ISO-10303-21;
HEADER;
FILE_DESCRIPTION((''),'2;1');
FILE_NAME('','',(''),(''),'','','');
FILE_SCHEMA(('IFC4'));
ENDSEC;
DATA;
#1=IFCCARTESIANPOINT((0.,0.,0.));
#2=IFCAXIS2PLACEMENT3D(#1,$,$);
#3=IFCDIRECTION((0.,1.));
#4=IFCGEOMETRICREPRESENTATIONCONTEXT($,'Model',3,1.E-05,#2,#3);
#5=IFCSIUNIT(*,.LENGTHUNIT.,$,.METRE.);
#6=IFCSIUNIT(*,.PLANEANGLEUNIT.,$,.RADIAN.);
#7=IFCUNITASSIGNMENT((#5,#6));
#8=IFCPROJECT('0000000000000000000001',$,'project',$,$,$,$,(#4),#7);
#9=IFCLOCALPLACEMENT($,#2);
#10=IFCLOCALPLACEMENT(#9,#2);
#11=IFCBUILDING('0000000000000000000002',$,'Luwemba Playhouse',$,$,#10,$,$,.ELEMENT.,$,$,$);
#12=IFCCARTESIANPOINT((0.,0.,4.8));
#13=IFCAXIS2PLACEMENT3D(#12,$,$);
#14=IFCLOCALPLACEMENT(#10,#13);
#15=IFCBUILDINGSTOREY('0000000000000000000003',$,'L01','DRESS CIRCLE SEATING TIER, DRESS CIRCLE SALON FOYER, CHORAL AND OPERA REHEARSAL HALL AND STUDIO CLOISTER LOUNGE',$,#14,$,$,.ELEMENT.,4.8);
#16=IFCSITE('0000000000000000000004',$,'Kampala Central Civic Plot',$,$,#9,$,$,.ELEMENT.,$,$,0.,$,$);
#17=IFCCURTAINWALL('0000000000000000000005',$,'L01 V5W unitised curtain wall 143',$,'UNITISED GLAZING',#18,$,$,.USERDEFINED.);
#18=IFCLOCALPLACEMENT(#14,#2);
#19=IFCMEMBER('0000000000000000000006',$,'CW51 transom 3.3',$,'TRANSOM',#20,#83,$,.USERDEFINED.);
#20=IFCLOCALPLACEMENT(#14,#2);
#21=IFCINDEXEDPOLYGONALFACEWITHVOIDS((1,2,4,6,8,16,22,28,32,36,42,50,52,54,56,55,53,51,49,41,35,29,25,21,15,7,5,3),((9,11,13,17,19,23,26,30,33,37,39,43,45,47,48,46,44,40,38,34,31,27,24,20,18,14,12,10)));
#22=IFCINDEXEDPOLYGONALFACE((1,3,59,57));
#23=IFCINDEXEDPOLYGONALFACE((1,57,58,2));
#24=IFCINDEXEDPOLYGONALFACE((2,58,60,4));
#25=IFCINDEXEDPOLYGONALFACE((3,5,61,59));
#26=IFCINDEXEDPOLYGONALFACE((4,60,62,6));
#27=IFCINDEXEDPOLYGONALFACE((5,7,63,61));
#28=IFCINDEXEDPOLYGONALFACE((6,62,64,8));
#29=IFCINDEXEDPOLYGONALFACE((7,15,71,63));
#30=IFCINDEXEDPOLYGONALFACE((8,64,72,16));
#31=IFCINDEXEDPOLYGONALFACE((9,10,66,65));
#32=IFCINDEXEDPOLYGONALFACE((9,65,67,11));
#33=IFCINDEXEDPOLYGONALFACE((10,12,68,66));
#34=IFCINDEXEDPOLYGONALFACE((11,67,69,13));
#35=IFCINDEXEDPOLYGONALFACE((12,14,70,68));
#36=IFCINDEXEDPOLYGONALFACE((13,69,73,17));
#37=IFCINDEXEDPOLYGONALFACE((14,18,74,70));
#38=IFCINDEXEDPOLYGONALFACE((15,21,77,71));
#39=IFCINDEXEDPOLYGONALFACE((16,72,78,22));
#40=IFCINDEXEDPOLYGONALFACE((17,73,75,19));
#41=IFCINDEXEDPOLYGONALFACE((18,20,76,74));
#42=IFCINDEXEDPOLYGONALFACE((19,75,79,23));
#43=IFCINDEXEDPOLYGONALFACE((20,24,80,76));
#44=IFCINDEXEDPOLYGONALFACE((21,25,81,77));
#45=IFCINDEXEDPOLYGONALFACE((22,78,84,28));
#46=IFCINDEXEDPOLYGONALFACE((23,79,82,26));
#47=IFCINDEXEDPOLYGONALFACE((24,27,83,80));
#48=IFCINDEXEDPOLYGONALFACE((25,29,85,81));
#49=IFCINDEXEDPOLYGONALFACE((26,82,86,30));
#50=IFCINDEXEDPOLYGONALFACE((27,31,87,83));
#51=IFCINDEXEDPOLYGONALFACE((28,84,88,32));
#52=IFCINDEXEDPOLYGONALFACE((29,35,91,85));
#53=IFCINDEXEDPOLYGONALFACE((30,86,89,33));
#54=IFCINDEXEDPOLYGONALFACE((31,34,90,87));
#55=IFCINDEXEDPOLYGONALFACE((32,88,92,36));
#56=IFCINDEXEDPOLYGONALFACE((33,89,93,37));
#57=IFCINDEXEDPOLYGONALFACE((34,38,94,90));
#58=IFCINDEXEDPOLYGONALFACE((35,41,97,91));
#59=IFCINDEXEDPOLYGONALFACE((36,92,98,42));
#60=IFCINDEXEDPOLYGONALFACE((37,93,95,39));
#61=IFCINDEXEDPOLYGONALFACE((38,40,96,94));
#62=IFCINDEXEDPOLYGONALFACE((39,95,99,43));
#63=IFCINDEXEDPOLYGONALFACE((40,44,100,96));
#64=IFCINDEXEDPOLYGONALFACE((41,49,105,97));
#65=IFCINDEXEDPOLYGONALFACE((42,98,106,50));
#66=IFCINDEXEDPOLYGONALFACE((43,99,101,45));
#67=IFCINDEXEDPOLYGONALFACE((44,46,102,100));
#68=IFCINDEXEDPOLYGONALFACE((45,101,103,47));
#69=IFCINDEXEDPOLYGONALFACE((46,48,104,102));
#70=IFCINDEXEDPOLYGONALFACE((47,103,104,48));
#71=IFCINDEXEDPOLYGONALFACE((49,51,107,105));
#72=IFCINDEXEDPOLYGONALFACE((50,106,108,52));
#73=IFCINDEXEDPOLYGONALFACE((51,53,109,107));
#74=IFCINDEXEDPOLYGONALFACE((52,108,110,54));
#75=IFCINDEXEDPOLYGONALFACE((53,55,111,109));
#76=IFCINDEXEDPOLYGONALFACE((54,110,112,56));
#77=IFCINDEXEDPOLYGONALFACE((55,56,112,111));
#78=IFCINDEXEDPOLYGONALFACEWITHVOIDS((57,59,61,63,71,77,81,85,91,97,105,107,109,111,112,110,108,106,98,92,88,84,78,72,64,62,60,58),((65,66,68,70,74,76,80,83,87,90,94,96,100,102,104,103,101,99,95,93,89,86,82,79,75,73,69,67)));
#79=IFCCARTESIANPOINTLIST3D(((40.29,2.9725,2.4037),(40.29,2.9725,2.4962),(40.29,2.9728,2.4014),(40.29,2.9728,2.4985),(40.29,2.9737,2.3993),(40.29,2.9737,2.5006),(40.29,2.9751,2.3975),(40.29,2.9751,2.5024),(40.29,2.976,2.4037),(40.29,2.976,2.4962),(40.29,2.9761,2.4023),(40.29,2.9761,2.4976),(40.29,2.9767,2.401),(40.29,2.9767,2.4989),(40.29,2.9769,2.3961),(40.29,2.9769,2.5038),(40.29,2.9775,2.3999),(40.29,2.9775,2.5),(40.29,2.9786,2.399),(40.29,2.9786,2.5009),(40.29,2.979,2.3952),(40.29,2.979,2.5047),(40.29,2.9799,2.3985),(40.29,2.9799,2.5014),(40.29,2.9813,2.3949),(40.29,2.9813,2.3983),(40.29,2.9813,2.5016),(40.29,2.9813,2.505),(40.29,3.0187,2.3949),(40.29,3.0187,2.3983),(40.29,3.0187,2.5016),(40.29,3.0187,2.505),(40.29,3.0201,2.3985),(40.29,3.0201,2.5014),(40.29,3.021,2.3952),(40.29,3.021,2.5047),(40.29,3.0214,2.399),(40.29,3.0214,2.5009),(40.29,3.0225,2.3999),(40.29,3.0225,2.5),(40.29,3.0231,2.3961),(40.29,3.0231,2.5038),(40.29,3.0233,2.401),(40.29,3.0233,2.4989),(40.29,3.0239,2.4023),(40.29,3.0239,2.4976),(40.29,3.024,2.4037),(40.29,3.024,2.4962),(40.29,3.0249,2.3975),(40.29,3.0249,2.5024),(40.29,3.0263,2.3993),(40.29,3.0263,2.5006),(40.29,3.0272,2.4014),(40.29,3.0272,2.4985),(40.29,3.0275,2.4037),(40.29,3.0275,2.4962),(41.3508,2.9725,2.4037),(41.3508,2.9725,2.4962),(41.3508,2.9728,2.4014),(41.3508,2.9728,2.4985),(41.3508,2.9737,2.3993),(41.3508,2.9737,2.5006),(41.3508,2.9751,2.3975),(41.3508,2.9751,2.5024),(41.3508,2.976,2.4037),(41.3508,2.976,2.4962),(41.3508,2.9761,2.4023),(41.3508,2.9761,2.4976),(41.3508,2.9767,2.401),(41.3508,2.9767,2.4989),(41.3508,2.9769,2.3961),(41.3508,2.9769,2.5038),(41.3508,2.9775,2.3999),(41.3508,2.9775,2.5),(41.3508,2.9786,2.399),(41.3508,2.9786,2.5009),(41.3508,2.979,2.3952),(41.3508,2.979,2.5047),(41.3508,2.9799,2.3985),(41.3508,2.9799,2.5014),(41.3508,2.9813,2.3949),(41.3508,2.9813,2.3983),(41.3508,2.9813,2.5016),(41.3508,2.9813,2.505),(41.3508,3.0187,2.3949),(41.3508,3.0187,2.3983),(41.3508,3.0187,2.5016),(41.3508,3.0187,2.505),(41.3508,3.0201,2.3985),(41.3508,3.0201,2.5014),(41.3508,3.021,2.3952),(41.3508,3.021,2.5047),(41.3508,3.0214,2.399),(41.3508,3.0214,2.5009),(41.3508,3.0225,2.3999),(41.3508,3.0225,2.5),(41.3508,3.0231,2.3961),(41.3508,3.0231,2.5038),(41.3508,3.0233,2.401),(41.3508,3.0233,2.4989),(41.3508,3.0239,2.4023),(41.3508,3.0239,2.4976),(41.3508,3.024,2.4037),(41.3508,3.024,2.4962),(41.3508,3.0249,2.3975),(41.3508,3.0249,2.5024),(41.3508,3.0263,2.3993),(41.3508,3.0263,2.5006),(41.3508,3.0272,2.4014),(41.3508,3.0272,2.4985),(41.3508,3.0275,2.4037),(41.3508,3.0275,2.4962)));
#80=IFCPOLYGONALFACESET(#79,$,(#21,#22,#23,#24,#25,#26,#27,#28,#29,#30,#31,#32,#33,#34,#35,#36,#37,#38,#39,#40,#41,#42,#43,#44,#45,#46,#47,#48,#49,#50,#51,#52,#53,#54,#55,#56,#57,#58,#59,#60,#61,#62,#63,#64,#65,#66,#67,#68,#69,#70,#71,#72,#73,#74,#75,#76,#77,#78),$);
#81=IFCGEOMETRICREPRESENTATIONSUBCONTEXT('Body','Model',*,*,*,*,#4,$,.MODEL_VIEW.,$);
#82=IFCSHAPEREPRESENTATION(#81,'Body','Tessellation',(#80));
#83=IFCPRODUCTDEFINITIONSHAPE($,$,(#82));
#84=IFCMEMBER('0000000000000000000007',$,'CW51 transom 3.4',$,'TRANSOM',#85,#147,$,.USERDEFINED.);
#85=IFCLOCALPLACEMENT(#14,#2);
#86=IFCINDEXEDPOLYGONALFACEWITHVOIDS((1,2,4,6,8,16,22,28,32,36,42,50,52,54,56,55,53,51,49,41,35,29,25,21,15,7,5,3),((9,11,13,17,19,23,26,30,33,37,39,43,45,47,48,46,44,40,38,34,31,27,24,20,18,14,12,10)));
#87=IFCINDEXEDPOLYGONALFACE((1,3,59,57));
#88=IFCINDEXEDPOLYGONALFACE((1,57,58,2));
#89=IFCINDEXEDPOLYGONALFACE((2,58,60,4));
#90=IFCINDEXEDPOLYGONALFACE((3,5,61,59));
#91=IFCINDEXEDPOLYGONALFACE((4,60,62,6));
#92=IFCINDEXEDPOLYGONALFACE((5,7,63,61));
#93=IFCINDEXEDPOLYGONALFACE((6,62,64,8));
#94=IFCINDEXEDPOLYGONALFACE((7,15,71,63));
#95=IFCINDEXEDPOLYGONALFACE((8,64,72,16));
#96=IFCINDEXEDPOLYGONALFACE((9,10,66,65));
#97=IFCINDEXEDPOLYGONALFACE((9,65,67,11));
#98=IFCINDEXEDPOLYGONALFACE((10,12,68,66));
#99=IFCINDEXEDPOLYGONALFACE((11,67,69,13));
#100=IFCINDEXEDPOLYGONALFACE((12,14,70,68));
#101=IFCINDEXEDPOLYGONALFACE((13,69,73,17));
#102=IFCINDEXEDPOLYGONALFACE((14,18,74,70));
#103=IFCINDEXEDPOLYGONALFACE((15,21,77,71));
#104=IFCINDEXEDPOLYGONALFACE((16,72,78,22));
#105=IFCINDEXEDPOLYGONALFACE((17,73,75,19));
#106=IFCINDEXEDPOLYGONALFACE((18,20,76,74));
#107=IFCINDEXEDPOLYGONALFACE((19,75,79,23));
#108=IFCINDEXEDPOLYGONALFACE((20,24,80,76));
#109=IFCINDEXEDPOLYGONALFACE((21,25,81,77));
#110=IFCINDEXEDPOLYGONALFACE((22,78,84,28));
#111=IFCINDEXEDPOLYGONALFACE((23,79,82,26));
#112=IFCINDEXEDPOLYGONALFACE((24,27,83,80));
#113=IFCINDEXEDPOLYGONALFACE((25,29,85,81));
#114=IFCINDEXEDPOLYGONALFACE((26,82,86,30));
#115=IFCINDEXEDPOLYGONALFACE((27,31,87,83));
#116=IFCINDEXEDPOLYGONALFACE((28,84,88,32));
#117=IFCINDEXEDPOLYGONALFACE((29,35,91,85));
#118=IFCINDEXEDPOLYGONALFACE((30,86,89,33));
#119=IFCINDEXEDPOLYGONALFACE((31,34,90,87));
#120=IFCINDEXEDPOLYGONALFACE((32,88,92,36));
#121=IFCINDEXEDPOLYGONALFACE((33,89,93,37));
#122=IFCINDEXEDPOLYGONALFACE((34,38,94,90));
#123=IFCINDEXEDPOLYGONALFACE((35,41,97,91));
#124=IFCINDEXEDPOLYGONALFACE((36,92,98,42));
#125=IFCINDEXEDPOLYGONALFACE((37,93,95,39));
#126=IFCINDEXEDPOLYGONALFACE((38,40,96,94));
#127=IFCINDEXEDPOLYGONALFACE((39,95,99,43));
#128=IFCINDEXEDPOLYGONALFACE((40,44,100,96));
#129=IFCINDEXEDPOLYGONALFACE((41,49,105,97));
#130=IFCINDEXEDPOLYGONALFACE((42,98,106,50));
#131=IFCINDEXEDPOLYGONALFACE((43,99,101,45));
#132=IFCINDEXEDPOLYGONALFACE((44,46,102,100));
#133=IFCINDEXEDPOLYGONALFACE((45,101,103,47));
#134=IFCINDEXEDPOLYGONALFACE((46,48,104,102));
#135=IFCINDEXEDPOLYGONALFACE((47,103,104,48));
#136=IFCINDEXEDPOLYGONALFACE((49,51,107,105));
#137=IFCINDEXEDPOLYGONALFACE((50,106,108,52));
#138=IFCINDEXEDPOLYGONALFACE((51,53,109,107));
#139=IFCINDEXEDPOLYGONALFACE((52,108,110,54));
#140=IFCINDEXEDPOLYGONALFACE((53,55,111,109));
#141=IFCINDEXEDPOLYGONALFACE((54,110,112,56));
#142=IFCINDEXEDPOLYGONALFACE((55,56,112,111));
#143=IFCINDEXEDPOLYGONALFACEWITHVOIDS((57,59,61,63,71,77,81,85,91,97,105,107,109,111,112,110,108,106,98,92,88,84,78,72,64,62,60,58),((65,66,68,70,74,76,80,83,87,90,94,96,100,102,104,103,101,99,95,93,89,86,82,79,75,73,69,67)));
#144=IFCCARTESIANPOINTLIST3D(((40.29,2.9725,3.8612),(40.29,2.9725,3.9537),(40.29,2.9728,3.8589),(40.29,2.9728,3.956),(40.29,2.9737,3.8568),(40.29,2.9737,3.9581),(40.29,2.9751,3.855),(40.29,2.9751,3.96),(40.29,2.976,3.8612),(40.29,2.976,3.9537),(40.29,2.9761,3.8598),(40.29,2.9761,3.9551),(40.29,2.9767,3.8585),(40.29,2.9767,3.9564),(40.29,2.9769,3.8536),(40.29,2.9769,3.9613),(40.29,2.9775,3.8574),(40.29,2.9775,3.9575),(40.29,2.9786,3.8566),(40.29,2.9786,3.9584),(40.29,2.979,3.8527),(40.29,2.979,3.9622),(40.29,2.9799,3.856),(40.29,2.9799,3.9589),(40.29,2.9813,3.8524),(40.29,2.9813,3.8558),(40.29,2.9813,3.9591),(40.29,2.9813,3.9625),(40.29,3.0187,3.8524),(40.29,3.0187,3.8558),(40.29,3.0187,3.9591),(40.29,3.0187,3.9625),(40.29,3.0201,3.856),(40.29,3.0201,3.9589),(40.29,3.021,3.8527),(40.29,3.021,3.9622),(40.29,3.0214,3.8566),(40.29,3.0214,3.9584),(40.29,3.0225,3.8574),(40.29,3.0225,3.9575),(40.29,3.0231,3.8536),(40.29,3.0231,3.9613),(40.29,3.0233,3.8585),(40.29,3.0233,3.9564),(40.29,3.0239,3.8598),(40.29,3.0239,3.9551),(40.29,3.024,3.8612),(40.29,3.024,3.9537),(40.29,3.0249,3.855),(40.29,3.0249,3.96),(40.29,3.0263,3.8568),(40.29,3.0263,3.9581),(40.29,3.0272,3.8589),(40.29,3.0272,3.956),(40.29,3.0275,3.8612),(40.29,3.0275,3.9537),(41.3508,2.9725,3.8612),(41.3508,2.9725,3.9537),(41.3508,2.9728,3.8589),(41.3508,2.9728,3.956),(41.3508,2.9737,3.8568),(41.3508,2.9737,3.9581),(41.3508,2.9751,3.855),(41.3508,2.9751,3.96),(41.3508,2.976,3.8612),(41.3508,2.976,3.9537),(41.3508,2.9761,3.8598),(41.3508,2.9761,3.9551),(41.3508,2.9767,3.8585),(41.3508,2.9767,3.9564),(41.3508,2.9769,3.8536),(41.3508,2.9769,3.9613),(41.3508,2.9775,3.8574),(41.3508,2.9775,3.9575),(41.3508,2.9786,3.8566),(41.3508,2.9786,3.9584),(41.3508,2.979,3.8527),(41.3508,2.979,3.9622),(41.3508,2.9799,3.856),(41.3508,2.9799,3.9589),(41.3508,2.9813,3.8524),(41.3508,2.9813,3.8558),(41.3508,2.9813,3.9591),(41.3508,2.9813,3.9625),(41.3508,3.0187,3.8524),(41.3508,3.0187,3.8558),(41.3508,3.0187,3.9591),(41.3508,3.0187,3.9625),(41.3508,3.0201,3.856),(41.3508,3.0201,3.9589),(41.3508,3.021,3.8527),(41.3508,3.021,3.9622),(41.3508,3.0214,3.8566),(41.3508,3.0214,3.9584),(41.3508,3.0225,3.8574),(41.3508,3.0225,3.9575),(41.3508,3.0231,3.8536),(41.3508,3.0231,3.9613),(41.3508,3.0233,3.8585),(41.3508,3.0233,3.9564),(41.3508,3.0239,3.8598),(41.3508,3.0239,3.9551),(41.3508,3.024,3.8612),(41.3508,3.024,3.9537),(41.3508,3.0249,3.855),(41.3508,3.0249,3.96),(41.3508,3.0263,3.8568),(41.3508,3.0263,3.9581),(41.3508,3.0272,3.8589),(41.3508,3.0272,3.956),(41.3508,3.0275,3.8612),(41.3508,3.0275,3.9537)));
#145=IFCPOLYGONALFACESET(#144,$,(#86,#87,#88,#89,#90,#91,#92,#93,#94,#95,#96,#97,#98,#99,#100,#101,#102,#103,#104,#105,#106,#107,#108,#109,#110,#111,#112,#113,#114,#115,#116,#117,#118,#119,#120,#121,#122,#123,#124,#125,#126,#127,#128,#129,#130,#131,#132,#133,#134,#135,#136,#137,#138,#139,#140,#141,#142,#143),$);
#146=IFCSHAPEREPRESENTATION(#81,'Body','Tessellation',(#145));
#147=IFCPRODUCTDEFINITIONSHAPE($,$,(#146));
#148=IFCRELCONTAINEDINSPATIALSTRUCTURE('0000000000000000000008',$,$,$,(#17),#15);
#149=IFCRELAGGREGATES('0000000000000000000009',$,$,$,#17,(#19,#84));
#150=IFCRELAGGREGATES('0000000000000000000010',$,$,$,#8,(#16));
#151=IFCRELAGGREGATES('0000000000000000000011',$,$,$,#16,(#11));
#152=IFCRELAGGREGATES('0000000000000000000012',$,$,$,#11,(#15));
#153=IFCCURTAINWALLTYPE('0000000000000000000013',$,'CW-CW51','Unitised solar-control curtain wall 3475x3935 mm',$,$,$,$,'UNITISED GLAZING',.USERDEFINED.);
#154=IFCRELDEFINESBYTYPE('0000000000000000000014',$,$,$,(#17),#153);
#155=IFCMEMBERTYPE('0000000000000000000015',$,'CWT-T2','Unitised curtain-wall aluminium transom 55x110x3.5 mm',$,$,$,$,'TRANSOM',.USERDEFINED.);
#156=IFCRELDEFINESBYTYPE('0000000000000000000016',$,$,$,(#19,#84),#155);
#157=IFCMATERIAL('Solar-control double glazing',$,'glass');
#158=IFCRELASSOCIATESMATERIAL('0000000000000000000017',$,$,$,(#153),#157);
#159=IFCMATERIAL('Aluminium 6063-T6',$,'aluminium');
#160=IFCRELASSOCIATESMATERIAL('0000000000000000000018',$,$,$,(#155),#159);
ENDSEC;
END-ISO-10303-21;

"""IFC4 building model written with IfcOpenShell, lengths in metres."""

from ifc_helpers import new_model, si_unit, direction, frame, origin, origin_2d, place, context, subcontext, project, spatial, hollow_rectangle, extrude, material, material_profile, profile_set, type_object, element, aggregate, save


model = new_model("IFC4")

# Units and contexts
model_context = context("Model", 3, precision=1e-05, world=origin(), true_north=direction((0.0, 1.0)))
body_context = subcontext(model_context, "Body", "Model", "MODEL_VIEW")
ifc_project = project(units=[si_unit("LENGTHUNIT", "METRE"), si_unit("PLANEANGLEUNIT", "RADIAN")], contexts=[model_context])

# Site, building, storey
site_placement = place(None, origin())
site = spatial("IfcSite", under=ifc_project, at=site_placement, Name="Kampala Central Civic Plot", CompositionType="ELEMENT", RefElevation=0.0)
building_placement = place(site_placement, origin())
building = spatial("IfcBuilding", under=site, at=building_placement, Name="Luwemba Playhouse", CompositionType="ELEMENT")
storey_placement = place(building_placement, frame((0.0, 0.0, 4.8)))
storey = spatial("IfcBuildingStorey", under=building, at=storey_placement, Name="L01", Description="DRESS CIRCLE SEATING TIER, DRESS CIRCLE SALON FOYER, CHORAL AND OPERA REHEARSAL HALL AND STUDIO CLOISTER LOUNGE", CompositionType="ELEMENT", Elevation=4.8)

# Curtain wall
ifc_material_1 = material(Name="Solar-control double glazing", Category="glass")
curtain_wall_type_1 = type_object("IfcCurtainWallType", Name="CW-CW51", Description="Unitised solar-control curtain wall 3475x3935 mm", ElementType="UNITISED GLAZING", PredefinedType="USERDEFINED", material=ifc_material_1)
curtain_wall_1_placement = place(storey_placement, origin())
curtain_wall_1 = element("IfcCurtainWall", 1, at=curtain_wall_1_placement, inside=storey, type_object=curtain_wall_type_1, Name="L01 V5W unitised curtain wall 143", ObjectType="UNITISED GLAZING", PredefinedType="USERDEFINED")
ifc_material_2 = material(Name="Aluminium 6063-T6", Category="aluminium")

# Members
ifc_material_profile_1 = material_profile(ifc_material_2, hollow_rectangle(XDim=0.0549, YDim=0.1101, WallThickness=0.0034, InnerFilletRadius=0.0054, OuterFilletRadius=0.0088, at=origin_2d()))
ifc_profile_set_1 = profile_set([ifc_material_profile_1], Name="Aluminium 6063-T6")
member_type_1 = type_object("IfcMemberType", Name="CWT-T2", Description="Unitised curtain-wall aluminium transom 55x110x3.5 mm", ElementType="TRANSOM", PredefinedType="USERDEFINED", material=ifc_profile_set_1)
member_1_placement = place(storey_placement, frame((41.3508, 3.0, 2.45), z_axis=(-1.0, 0.0, 0.0), x_axis=(0.0, -1.0, 0.0)))
member_1 = element("IfcMember", 2, at=member_1_placement, type_object=member_type_1, Name="CW51 transom 3.3", ObjectType="TRANSOM", PredefinedType="USERDEFINED", context=body_context, shape_type="SweptSolid", body=[
    extrude(hollow_rectangle(XDim=0.0549, YDim=0.1101, WallThickness=0.0034, InnerFilletRadius=0.0054, OuterFilletRadius=0.0088, at=origin_2d()), origin(), (0.0, 0.0, 1.0), 1.0608),
])
member_2_placement = place(storey_placement, frame((41.3508, 3.0, 3.9075), z_axis=(-1.0, 0.0, 0.0), x_axis=(0.0, -1.0, 0.0)))
member_2 = element("IfcMember", 3, at=member_2_placement, type_object=member_type_1, Name="CW51 transom 3.4", ObjectType="TRANSOM", PredefinedType="USERDEFINED", context=body_context, shape_type="SweptSolid", body=[
    extrude(hollow_rectangle(XDim=0.0549, YDim=0.1101, WallThickness=0.0034, InnerFilletRadius=0.0054, OuterFilletRadius=0.0088, at=origin_2d()), origin(), (0.0, 0.0, 1.0), 1.0608),
])

aggregate(curtain_wall_1, [member_1, member_2])

save(model, "model.ifc")
